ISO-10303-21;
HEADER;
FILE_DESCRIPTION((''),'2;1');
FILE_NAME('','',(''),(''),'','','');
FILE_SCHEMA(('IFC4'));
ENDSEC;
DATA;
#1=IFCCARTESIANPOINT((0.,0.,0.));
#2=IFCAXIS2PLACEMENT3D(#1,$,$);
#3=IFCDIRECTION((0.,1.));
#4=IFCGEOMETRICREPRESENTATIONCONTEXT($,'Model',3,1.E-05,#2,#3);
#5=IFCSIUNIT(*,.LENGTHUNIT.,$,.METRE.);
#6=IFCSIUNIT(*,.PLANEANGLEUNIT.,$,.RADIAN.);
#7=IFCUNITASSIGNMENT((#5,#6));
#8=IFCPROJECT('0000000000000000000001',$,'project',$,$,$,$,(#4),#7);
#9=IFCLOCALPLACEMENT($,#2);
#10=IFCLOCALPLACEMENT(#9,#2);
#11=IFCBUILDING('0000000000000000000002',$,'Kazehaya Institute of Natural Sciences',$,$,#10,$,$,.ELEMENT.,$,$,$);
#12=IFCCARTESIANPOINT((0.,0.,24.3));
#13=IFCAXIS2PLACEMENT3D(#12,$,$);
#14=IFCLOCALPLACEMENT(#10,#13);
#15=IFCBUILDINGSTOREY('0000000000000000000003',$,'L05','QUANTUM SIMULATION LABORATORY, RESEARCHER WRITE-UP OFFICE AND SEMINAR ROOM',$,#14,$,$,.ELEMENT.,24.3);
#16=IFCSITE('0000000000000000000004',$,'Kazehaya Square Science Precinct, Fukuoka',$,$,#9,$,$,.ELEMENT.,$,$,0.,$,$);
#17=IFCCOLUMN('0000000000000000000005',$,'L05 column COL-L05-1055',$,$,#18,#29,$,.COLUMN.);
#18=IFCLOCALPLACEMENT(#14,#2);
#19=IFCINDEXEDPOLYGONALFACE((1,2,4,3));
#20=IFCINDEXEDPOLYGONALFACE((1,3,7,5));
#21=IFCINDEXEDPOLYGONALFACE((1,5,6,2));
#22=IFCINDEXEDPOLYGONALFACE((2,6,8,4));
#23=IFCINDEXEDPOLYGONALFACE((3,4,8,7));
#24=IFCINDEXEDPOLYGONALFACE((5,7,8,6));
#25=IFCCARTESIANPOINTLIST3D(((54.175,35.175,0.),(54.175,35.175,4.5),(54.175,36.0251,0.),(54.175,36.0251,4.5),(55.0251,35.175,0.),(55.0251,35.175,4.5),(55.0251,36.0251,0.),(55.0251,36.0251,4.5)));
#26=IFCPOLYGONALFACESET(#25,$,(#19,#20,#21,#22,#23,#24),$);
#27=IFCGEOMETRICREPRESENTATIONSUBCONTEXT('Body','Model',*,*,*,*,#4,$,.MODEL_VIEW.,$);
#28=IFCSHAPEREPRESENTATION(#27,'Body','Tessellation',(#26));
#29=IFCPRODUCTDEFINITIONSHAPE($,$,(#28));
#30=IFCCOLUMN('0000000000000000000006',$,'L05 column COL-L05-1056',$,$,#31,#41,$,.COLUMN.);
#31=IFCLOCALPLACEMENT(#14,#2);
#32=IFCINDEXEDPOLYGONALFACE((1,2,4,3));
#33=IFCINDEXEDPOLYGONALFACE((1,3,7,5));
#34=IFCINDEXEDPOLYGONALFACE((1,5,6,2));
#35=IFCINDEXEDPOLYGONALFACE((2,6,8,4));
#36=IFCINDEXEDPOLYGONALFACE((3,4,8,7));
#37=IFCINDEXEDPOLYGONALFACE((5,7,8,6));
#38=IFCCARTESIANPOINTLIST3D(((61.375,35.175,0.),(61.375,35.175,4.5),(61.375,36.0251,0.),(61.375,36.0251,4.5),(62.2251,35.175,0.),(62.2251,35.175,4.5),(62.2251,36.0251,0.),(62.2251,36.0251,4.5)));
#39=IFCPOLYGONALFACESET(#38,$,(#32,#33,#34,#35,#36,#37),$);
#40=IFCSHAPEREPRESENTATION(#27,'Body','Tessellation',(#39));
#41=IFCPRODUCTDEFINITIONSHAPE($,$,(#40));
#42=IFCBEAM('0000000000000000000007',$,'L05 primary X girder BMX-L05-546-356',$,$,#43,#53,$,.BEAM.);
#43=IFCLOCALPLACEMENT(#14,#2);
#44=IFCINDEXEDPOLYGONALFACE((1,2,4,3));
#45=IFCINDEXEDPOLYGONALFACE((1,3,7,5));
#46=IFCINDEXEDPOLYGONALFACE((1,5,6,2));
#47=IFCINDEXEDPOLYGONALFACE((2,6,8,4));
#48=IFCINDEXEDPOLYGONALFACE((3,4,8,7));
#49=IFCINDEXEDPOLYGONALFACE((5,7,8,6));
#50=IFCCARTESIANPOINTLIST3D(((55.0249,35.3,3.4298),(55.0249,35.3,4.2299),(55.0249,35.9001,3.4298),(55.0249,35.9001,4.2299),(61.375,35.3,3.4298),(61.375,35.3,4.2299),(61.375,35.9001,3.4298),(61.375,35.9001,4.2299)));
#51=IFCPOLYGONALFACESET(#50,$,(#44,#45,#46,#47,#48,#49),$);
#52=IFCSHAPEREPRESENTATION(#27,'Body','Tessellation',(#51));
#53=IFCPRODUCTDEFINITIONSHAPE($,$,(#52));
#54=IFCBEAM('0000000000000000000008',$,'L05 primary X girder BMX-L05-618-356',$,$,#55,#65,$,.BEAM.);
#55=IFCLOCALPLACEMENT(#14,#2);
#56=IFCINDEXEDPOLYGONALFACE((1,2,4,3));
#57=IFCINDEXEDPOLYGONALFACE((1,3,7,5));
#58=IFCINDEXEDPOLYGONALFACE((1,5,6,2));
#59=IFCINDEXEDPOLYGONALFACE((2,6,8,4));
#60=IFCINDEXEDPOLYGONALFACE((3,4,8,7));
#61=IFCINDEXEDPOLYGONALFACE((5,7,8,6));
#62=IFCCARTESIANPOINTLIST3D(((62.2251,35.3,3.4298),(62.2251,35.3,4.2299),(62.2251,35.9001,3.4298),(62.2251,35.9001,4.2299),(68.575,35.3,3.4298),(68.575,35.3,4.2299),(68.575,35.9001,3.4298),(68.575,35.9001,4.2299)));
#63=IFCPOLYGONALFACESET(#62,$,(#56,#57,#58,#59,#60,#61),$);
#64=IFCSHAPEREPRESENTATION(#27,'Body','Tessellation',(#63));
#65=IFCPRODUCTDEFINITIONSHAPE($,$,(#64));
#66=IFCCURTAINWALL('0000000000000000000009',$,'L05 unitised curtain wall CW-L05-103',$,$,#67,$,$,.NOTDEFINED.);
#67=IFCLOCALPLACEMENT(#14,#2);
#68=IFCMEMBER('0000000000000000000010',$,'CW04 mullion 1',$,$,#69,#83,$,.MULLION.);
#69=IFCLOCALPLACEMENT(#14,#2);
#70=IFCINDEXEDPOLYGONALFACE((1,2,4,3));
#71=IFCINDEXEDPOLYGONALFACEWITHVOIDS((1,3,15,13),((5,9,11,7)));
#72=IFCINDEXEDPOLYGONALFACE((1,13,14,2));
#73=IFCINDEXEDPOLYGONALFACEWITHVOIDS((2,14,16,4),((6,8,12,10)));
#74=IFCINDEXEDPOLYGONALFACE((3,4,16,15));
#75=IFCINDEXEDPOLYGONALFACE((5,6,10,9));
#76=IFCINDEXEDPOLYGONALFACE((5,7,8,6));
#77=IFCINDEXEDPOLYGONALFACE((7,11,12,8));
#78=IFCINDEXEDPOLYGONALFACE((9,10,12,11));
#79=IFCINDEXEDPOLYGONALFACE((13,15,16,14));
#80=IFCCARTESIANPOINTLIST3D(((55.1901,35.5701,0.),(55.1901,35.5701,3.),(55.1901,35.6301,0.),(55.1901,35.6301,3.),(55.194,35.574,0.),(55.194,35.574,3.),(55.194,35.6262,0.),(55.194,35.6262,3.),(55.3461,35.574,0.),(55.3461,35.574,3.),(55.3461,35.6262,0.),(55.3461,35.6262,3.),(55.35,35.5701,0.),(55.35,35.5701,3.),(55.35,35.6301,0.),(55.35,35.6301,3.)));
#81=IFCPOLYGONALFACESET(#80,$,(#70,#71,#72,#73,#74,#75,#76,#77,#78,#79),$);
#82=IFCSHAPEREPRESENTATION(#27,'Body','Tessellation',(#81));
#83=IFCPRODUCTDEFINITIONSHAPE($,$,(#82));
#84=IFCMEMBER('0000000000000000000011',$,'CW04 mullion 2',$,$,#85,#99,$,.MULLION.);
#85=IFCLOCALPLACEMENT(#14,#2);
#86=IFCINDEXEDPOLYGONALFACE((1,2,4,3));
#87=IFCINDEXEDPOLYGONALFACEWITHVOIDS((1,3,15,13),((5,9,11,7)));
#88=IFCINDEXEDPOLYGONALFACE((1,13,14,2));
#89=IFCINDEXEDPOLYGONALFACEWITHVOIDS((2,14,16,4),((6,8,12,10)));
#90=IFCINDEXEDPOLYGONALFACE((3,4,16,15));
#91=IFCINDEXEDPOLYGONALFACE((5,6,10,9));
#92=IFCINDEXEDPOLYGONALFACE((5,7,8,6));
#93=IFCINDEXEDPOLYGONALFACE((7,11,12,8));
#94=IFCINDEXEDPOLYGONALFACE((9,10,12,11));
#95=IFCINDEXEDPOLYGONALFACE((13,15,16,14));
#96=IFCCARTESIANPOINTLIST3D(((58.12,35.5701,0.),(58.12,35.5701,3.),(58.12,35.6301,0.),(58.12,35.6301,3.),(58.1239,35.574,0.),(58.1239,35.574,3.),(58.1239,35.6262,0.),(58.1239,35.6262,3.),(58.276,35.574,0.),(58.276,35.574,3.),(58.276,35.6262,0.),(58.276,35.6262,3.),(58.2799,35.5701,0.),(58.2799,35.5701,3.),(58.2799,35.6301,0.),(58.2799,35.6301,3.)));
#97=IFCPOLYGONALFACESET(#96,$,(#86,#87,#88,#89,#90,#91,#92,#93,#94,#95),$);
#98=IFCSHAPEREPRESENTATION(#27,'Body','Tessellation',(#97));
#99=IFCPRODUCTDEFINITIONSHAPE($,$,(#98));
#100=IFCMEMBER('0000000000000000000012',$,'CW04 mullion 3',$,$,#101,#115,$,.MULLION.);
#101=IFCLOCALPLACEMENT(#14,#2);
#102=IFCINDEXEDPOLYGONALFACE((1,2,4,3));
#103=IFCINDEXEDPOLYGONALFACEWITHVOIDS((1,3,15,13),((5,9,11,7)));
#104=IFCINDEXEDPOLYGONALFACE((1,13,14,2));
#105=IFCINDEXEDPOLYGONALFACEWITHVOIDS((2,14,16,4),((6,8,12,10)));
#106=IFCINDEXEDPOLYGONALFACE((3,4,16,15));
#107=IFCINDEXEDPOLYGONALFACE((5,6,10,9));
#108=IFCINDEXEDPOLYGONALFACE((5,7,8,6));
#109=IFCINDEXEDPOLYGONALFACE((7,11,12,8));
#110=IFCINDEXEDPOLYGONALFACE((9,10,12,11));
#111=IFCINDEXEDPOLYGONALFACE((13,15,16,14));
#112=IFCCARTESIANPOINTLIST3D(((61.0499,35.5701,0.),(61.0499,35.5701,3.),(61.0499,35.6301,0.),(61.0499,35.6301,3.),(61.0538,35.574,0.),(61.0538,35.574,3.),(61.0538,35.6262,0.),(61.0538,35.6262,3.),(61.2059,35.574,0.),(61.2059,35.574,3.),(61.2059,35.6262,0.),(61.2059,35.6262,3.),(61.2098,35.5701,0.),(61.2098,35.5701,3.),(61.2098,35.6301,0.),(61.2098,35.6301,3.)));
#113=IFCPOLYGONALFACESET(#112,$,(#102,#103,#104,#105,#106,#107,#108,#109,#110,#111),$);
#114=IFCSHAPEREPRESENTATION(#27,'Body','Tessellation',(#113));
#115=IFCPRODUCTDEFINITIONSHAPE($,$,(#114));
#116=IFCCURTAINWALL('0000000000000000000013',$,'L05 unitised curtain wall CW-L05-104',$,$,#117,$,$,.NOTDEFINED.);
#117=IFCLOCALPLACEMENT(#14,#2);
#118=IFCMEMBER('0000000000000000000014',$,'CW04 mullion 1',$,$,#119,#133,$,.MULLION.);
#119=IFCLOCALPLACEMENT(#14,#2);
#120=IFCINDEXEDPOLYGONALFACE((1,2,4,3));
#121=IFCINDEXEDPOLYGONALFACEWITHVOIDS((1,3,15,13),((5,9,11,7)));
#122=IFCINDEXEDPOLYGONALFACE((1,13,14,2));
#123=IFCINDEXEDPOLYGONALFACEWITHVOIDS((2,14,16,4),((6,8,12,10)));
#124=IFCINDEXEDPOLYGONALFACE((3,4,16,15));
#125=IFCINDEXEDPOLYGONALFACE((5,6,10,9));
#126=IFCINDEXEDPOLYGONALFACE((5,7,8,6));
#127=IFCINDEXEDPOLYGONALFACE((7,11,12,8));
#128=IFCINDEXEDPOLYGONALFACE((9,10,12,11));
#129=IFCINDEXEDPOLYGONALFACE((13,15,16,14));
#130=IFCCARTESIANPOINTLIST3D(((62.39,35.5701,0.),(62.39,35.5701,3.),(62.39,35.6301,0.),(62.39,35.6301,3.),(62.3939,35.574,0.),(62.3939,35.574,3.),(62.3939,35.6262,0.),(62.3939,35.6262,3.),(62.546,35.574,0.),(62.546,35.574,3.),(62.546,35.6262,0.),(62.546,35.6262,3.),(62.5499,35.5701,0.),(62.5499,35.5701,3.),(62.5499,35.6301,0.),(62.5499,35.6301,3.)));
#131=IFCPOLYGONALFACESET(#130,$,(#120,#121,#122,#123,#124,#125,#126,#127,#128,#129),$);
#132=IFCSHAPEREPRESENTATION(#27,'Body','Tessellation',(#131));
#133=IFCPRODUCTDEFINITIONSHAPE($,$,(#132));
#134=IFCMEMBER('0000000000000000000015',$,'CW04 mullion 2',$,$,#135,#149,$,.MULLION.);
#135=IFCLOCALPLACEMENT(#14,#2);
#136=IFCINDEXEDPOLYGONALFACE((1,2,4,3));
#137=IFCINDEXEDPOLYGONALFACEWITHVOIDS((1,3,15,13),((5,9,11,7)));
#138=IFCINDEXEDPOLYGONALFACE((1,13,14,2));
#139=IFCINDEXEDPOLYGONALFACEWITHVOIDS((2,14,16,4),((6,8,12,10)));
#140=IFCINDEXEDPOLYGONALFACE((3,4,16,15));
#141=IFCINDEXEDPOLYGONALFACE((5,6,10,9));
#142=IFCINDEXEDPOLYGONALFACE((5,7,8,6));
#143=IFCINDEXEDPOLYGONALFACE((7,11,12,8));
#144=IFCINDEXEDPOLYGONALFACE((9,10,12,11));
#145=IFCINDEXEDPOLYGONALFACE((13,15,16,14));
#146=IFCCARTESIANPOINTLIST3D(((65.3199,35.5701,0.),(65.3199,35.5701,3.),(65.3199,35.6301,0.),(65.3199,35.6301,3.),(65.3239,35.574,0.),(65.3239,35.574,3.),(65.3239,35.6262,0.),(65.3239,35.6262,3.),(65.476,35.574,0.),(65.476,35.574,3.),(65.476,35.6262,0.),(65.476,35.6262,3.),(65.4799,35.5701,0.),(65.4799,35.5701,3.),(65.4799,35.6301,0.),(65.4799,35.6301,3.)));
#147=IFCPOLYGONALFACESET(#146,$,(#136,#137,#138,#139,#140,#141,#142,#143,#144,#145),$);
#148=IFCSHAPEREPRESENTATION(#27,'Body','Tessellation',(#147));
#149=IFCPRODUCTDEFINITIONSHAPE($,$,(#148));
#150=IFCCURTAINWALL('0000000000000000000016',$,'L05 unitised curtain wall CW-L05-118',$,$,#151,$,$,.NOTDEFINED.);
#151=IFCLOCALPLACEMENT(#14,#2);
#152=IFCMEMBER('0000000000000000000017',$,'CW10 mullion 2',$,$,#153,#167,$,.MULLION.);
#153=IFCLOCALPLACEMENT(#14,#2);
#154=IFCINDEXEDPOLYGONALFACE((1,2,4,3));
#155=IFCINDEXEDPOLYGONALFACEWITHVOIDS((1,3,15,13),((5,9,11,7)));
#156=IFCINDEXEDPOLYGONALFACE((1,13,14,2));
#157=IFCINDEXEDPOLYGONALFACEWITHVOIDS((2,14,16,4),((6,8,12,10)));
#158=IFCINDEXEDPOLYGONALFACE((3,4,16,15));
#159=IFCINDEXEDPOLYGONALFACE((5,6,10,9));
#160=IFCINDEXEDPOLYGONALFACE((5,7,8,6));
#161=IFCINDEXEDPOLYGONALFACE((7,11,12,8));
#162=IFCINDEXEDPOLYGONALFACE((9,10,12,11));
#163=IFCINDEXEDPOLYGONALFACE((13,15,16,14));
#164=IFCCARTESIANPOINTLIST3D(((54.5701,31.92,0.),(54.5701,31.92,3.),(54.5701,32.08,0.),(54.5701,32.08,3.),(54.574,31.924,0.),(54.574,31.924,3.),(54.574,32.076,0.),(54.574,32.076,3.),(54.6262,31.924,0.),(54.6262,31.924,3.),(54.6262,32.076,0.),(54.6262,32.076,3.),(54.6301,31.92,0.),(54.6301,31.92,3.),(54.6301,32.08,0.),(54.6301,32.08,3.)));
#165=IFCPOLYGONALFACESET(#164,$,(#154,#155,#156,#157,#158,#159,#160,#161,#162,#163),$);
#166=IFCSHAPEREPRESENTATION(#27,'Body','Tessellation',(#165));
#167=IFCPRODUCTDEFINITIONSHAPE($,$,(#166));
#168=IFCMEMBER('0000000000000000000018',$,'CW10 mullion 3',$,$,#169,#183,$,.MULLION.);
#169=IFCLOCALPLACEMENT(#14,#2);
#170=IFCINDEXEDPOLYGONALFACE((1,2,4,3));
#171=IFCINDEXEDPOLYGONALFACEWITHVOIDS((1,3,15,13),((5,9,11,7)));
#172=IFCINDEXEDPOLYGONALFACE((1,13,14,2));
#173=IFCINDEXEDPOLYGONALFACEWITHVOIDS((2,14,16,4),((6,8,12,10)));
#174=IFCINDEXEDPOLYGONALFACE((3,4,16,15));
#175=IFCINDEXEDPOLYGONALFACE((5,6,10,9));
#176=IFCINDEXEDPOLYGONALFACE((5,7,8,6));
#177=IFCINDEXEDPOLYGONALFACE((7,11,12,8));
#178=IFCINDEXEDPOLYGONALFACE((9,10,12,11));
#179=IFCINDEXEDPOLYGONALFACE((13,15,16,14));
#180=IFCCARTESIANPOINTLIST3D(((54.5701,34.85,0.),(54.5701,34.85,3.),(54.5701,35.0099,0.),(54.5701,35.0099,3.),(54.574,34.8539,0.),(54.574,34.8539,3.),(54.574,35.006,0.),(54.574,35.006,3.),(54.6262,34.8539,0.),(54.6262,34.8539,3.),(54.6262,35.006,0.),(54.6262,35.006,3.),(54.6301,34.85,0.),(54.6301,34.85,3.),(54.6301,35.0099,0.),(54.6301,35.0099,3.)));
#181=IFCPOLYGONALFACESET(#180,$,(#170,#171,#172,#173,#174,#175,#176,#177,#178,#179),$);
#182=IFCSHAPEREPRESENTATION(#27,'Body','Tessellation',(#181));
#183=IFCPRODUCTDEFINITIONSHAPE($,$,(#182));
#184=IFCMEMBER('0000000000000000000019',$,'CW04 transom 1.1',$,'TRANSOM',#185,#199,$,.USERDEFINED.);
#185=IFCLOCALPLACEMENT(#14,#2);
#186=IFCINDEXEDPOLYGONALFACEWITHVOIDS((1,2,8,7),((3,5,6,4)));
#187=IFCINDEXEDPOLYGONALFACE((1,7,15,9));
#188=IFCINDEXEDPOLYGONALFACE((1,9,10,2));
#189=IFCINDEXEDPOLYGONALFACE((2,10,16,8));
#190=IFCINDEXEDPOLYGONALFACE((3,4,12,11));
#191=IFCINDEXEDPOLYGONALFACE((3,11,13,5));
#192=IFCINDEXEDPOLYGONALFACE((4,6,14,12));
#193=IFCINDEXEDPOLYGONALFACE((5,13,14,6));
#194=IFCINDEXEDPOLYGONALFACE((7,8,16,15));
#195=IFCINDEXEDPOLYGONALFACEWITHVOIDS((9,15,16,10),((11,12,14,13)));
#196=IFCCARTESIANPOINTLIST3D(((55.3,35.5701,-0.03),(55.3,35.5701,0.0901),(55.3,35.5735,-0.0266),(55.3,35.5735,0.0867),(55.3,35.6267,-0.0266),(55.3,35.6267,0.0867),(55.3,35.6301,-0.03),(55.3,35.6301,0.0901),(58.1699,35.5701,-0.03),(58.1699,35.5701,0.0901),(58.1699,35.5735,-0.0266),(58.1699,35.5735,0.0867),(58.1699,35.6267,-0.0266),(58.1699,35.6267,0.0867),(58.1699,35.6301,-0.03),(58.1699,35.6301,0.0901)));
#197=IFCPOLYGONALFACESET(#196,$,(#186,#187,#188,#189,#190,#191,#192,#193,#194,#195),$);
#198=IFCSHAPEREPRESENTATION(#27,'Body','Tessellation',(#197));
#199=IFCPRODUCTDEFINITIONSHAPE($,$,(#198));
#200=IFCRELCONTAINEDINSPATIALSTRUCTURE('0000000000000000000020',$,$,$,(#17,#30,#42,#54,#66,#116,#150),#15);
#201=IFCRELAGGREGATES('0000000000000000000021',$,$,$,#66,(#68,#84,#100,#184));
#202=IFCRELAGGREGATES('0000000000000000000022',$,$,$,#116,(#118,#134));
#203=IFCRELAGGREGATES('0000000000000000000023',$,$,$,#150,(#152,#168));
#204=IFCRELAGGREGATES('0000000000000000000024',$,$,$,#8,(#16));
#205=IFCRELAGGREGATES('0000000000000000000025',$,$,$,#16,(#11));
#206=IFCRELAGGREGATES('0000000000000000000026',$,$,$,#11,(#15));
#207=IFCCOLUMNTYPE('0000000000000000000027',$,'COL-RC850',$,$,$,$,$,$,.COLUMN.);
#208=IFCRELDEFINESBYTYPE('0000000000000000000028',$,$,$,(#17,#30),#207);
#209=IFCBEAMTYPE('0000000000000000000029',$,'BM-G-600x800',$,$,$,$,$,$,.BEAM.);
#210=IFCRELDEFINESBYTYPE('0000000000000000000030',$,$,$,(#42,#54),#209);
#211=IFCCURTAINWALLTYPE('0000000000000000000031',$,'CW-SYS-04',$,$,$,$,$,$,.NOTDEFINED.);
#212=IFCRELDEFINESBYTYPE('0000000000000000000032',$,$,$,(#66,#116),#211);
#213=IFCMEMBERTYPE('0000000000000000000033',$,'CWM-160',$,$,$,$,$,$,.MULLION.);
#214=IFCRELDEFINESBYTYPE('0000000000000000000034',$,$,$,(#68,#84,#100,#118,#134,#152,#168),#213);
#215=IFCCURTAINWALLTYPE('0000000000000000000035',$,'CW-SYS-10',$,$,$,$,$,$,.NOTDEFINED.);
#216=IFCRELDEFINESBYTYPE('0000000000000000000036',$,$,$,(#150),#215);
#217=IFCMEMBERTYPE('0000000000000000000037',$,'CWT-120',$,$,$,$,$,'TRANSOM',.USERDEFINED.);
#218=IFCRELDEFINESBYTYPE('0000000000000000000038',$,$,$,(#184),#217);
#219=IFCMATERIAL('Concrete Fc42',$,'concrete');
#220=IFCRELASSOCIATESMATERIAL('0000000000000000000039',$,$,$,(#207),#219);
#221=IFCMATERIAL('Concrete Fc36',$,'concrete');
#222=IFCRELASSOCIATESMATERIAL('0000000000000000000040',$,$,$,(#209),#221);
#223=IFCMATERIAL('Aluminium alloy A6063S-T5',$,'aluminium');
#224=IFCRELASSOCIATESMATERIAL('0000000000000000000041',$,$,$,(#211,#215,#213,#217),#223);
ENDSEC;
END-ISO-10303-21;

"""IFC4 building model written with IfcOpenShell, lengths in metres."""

from ifc_helpers import new_model, si_unit, direction, frame, origin, origin_2d, place, context, subcontext, project, spatial, rectangle, hollow_rectangle, extrude, material, material_profile, profile_set, type_object, element, aggregate, save


model = new_model("IFC4")

# Units and contexts
model_context = context("Model", 3, precision=1e-05, world=origin(), true_north=direction((0.0, 1.0)))
body_context = subcontext(model_context, "Body", "Model", "MODEL_VIEW")
ifc_project = project(units=[si_unit("LENGTHUNIT", "METRE"), si_unit("PLANEANGLEUNIT", "RADIAN")], contexts=[model_context])

# Site, building, storey
site_placement = place(None, origin())
site = spatial("IfcSite", under=ifc_project, at=site_placement, Name="Kazehaya Square Science Precinct, Fukuoka", CompositionType="ELEMENT", RefElevation=0.0)
building_placement = place(site_placement, origin())
building = spatial("IfcBuilding", under=site, at=building_placement, Name="Kazehaya Institute of Natural Sciences", CompositionType="ELEMENT")
storey_placement = place(building_placement, frame((0.0, 0.0, 24.3)))
storey = spatial("IfcBuildingStorey", under=building, at=storey_placement, Name="L05", Description="QUANTUM SIMULATION LABORATORY, RESEARCHER WRITE-UP OFFICE AND SEMINAR ROOM", CompositionType="ELEMENT", Elevation=24.3)

# Columns
ifc_material_1 = material(Name="Concrete Fc42", Category="concrete")
ifc_material_profile_1 = material_profile(ifc_material_1, rectangle(XDim=0.8501, YDim=0.8501, at=origin_2d()), Name="RC-850x850")
ifc_profile_set_1 = profile_set([ifc_material_profile_1], Name="Concrete Fc42")
column_type = type_object("IfcColumnType", Name="COL-RC850", PredefinedType="COLUMN", material=ifc_profile_set_1)
for number, where, z_axis, x_axis, name in (
    (1, (54.6001, 35.6001, 0.0), (0.0, 0.0, 1.0), (1.0, 0.0, 0.0), "L05 column COL-L05-1055"),
    (2, (61.8, 35.6001, 0.0), (0.0, 0.0, 1.0), (1.0, 0.0, 0.0), "L05 column COL-L05-1056"),
):
    element("IfcColumn", number, at=place(storey_placement, frame(where, z_axis=z_axis, x_axis=x_axis)), inside=storey, type_object=column_type, Name=name, PredefinedType="COLUMN", context=body_context, shape_type="SweptSolid", body=[
        extrude(rectangle(XDim=0.8501, YDim=0.8501, at=origin_2d()), origin(), (0.0, 0.0, 1.0), 4.5),
    ])

# Beams
ifc_material_2 = material(Name="Concrete Fc36", Category="concrete")
ifc_material_profile_2 = material_profile(ifc_material_2, rectangle(XDim=0.6001, YDim=0.8, at=origin_2d()), Name="RC-600x800")
ifc_profile_set_2 = profile_set([ifc_material_profile_2], Name="Concrete Fc36")
beam_type = type_object("IfcBeamType", Name="BM-G-600x800", PredefinedType="BEAM", material=ifc_profile_set_2)
beam_1_placement = place(storey_placement, frame((55.0249, 35.6001, 3.8298), z_axis=(1.0, 0.0, 0.0), x_axis=(0.0, 1.0, 0.0)))
element("IfcBeam", 3, at=beam_1_placement, inside=storey, type_object=beam_type, Name="L05 primary X girder BMX-L05-546-356", PredefinedType="BEAM", context=body_context, shape_type="SweptSolid", body=[
    extrude(rectangle(XDim=0.6001, YDim=0.8, at=origin_2d()), origin(), (0.0, 0.0, 1.0), 6.3501),
])
beam_2_placement = place(storey_placement, frame((62.2251, 35.6001, 3.8298), z_axis=(1.0, 0.0, 0.0), x_axis=(0.0, 1.0, 0.0)))
element("IfcBeam", 4, at=beam_2_placement, inside=storey, type_object=beam_type, Name="L05 primary X girder BMX-L05-618-356", PredefinedType="BEAM", context=body_context, shape_type="SweptSolid", body=[
    extrude(rectangle(XDim=0.6001, YDim=0.8, at=origin_2d()), origin(), (0.0, 0.0, 1.0), 6.3499),
])

# Curtain walls, members
ifc_material_3 = material(Name="Aluminium alloy A6063S-T5", Category="aluminium")
curtain_wall_type_1 = type_object("IfcCurtainWallType", Name="CW-SYS-04", PredefinedType="NOTDEFINED", material=ifc_material_3)
curtain_wall_1_placement = place(storey_placement, origin())
curtain_wall_1 = element("IfcCurtainWall", 5, at=curtain_wall_1_placement, inside=storey, type_object=curtain_wall_type_1, Name="L05 unitised curtain wall CW-L05-103", PredefinedType="NOTDEFINED")
ifc_material_profile_3 = material_profile(ifc_material_3, hollow_rectangle(XDim=0.0601, YDim=0.1599, WallThickness=0.0039, at=origin_2d()), Name="ALU-60x160x4")
ifc_profile_set_3 = profile_set([ifc_material_profile_3], Name="Aluminium alloy A6063S-T5")
member_type_1 = type_object("IfcMemberType", Name="CWM-160", PredefinedType="MULLION", material=ifc_profile_set_3)
member_1_placement = place(storey_placement, frame((55.27, 35.6001, 0.0), z_axis=(0.0, 0.0, 1.0), x_axis=(0.0, 1.0, 0.0)))
member_1 = element("IfcMember", 6, at=member_1_placement, type_object=member_type_1, Name="CW04 mullion 1", PredefinedType="MULLION", context=body_context, shape_type="SweptSolid", body=[
    extrude(hollow_rectangle(XDim=0.0601, YDim=0.1599, WallThickness=0.0039, at=origin_2d()), origin(), (0.0, 0.0, 1.0), 3.0),
])
member_2_placement = place(storey_placement, frame((58.2, 35.6001, 0.0), z_axis=(0.0, 0.0, 1.0), x_axis=(0.0, 1.0, 0.0)))
member_2 = element("IfcMember", 7, at=member_2_placement, type_object=member_type_1, Name="CW04 mullion 2", PredefinedType="MULLION", context=body_context, shape_type="SweptSolid", body=[
    extrude(hollow_rectangle(XDim=0.0601, YDim=0.1599, WallThickness=0.0039, at=origin_2d()), origin(), (0.0, 0.0, 1.0), 3.0),
])
member_3_placement = place(storey_placement, frame((61.1299, 35.6001, 0.0), z_axis=(0.0, 0.0, 1.0), x_axis=(0.0, 1.0, 0.0)))
member_3 = element("IfcMember", 8, at=member_3_placement, type_object=member_type_1, Name="CW04 mullion 3", PredefinedType="MULLION", context=body_context, shape_type="SweptSolid", body=[
    extrude(hollow_rectangle(XDim=0.0601, YDim=0.1599, WallThickness=0.0039, at=origin_2d()), origin(), (0.0, 0.0, 1.0), 3.0),
])
curtain_wall_2_placement = place(storey_placement, origin())
curtain_wall_2 = element("IfcCurtainWall", 9, at=curtain_wall_2_placement, inside=storey, type_object=curtain_wall_type_1, Name="L05 unitised curtain wall CW-L05-104", PredefinedType="NOTDEFINED")
member_4_placement = place(storey_placement, frame((62.47, 35.6001, 0.0), z_axis=(0.0, 0.0, 1.0), x_axis=(0.0, 1.0, 0.0)))
member_4 = element("IfcMember", 10, at=member_4_placement, type_object=member_type_1, Name="CW04 mullion 1", PredefinedType="MULLION", context=body_context, shape_type="SweptSolid", body=[
    extrude(hollow_rectangle(XDim=0.0601, YDim=0.1599, WallThickness=0.0039, at=origin_2d()), origin(), (0.0, 0.0, 1.0), 3.0),
])
member_5_placement = place(storey_placement, frame((65.3999, 35.6001, 0.0), z_axis=(0.0, 0.0, 1.0), x_axis=(0.0, 1.0, 0.0)))
member_5 = element("IfcMember", 11, at=member_5_placement, type_object=member_type_1, Name="CW04 mullion 2", PredefinedType="MULLION", context=body_context, shape_type="SweptSolid", body=[
    extrude(hollow_rectangle(XDim=0.0601, YDim=0.1599, WallThickness=0.0039, at=origin_2d()), origin(), (0.0, 0.0, 1.0), 3.0),
])
curtain_wall_type_2 = type_object("IfcCurtainWallType", Name="CW-SYS-10", PredefinedType="NOTDEFINED", material=ifc_material_3)
curtain_wall_3_placement = place(storey_placement, origin())
curtain_wall_3 = element("IfcCurtainWall", 12, at=curtain_wall_3_placement, inside=storey, type_object=curtain_wall_type_2, Name="L05 unitised curtain wall CW-L05-118", PredefinedType="NOTDEFINED")
member_6_placement = place(storey_placement, frame((54.6001, 32.0, 0.0), z_axis=(0.0, 0.0, 1.0), x_axis=(-1.0, 0.0, 0.0)))
member_6 = element("IfcMember", 13, at=member_6_placement, type_object=member_type_1, Name="CW10 mullion 2", PredefinedType="MULLION", context=body_context, shape_type="SweptSolid", body=[
    extrude(hollow_rectangle(XDim=0.0601, YDim=0.1599, WallThickness=0.0039, at=origin_2d()), origin(), (0.0, 0.0, 1.0), 3.0),
])
member_7_placement = place(storey_placement, frame((54.6001, 34.9299, 0.0), z_axis=(0.0, 0.0, 1.0), x_axis=(-1.0, 0.0, 0.0)))
member_7 = element("IfcMember", 14, at=member_7_placement, type_object=member_type_1, Name="CW10 mullion 3", PredefinedType="MULLION", context=body_context, shape_type="SweptSolid", body=[
    extrude(hollow_rectangle(XDim=0.0601, YDim=0.1599, WallThickness=0.0039, at=origin_2d()), origin(), (0.0, 0.0, 1.0), 3.0),
])

# Member
ifc_material_profile_4 = material_profile(ifc_material_3, hollow_rectangle(XDim=0.0601, YDim=0.1201, WallThickness=0.0034, at=origin_2d()), Name="ALU-60x120x3.5")
ifc_profile_set_4 = profile_set([ifc_material_profile_4], Name="Aluminium alloy A6063S-T5")
member_type_2 = type_object("IfcMemberType", Name="CWT-120", ElementType="TRANSOM", PredefinedType="USERDEFINED", material=ifc_profile_set_4)
member_8_placement = place(storey_placement, frame((55.3, 35.6001, 0.03), z_axis=(1.0, 0.0, 0.0), x_axis=(0.0, 1.0, 0.0)))
member_8 = element("IfcMember", 15, at=member_8_placement, type_object=member_type_2, Name="CW04 transom 1.1", ObjectType="TRANSOM", PredefinedType="USERDEFINED", context=body_context, shape_type="SweptSolid", body=[
    extrude(hollow_rectangle(XDim=0.0601, YDim=0.1201, WallThickness=0.0034, at=origin_2d()), origin(), (0.0, 0.0, 1.0), 2.8699),
])

aggregate(curtain_wall_1, [member_1, member_2, member_3, member_8])
aggregate(curtain_wall_2, [member_4, member_5])
aggregate(curtain_wall_3, [member_6, member_7])

save(model, "model.ifc")
